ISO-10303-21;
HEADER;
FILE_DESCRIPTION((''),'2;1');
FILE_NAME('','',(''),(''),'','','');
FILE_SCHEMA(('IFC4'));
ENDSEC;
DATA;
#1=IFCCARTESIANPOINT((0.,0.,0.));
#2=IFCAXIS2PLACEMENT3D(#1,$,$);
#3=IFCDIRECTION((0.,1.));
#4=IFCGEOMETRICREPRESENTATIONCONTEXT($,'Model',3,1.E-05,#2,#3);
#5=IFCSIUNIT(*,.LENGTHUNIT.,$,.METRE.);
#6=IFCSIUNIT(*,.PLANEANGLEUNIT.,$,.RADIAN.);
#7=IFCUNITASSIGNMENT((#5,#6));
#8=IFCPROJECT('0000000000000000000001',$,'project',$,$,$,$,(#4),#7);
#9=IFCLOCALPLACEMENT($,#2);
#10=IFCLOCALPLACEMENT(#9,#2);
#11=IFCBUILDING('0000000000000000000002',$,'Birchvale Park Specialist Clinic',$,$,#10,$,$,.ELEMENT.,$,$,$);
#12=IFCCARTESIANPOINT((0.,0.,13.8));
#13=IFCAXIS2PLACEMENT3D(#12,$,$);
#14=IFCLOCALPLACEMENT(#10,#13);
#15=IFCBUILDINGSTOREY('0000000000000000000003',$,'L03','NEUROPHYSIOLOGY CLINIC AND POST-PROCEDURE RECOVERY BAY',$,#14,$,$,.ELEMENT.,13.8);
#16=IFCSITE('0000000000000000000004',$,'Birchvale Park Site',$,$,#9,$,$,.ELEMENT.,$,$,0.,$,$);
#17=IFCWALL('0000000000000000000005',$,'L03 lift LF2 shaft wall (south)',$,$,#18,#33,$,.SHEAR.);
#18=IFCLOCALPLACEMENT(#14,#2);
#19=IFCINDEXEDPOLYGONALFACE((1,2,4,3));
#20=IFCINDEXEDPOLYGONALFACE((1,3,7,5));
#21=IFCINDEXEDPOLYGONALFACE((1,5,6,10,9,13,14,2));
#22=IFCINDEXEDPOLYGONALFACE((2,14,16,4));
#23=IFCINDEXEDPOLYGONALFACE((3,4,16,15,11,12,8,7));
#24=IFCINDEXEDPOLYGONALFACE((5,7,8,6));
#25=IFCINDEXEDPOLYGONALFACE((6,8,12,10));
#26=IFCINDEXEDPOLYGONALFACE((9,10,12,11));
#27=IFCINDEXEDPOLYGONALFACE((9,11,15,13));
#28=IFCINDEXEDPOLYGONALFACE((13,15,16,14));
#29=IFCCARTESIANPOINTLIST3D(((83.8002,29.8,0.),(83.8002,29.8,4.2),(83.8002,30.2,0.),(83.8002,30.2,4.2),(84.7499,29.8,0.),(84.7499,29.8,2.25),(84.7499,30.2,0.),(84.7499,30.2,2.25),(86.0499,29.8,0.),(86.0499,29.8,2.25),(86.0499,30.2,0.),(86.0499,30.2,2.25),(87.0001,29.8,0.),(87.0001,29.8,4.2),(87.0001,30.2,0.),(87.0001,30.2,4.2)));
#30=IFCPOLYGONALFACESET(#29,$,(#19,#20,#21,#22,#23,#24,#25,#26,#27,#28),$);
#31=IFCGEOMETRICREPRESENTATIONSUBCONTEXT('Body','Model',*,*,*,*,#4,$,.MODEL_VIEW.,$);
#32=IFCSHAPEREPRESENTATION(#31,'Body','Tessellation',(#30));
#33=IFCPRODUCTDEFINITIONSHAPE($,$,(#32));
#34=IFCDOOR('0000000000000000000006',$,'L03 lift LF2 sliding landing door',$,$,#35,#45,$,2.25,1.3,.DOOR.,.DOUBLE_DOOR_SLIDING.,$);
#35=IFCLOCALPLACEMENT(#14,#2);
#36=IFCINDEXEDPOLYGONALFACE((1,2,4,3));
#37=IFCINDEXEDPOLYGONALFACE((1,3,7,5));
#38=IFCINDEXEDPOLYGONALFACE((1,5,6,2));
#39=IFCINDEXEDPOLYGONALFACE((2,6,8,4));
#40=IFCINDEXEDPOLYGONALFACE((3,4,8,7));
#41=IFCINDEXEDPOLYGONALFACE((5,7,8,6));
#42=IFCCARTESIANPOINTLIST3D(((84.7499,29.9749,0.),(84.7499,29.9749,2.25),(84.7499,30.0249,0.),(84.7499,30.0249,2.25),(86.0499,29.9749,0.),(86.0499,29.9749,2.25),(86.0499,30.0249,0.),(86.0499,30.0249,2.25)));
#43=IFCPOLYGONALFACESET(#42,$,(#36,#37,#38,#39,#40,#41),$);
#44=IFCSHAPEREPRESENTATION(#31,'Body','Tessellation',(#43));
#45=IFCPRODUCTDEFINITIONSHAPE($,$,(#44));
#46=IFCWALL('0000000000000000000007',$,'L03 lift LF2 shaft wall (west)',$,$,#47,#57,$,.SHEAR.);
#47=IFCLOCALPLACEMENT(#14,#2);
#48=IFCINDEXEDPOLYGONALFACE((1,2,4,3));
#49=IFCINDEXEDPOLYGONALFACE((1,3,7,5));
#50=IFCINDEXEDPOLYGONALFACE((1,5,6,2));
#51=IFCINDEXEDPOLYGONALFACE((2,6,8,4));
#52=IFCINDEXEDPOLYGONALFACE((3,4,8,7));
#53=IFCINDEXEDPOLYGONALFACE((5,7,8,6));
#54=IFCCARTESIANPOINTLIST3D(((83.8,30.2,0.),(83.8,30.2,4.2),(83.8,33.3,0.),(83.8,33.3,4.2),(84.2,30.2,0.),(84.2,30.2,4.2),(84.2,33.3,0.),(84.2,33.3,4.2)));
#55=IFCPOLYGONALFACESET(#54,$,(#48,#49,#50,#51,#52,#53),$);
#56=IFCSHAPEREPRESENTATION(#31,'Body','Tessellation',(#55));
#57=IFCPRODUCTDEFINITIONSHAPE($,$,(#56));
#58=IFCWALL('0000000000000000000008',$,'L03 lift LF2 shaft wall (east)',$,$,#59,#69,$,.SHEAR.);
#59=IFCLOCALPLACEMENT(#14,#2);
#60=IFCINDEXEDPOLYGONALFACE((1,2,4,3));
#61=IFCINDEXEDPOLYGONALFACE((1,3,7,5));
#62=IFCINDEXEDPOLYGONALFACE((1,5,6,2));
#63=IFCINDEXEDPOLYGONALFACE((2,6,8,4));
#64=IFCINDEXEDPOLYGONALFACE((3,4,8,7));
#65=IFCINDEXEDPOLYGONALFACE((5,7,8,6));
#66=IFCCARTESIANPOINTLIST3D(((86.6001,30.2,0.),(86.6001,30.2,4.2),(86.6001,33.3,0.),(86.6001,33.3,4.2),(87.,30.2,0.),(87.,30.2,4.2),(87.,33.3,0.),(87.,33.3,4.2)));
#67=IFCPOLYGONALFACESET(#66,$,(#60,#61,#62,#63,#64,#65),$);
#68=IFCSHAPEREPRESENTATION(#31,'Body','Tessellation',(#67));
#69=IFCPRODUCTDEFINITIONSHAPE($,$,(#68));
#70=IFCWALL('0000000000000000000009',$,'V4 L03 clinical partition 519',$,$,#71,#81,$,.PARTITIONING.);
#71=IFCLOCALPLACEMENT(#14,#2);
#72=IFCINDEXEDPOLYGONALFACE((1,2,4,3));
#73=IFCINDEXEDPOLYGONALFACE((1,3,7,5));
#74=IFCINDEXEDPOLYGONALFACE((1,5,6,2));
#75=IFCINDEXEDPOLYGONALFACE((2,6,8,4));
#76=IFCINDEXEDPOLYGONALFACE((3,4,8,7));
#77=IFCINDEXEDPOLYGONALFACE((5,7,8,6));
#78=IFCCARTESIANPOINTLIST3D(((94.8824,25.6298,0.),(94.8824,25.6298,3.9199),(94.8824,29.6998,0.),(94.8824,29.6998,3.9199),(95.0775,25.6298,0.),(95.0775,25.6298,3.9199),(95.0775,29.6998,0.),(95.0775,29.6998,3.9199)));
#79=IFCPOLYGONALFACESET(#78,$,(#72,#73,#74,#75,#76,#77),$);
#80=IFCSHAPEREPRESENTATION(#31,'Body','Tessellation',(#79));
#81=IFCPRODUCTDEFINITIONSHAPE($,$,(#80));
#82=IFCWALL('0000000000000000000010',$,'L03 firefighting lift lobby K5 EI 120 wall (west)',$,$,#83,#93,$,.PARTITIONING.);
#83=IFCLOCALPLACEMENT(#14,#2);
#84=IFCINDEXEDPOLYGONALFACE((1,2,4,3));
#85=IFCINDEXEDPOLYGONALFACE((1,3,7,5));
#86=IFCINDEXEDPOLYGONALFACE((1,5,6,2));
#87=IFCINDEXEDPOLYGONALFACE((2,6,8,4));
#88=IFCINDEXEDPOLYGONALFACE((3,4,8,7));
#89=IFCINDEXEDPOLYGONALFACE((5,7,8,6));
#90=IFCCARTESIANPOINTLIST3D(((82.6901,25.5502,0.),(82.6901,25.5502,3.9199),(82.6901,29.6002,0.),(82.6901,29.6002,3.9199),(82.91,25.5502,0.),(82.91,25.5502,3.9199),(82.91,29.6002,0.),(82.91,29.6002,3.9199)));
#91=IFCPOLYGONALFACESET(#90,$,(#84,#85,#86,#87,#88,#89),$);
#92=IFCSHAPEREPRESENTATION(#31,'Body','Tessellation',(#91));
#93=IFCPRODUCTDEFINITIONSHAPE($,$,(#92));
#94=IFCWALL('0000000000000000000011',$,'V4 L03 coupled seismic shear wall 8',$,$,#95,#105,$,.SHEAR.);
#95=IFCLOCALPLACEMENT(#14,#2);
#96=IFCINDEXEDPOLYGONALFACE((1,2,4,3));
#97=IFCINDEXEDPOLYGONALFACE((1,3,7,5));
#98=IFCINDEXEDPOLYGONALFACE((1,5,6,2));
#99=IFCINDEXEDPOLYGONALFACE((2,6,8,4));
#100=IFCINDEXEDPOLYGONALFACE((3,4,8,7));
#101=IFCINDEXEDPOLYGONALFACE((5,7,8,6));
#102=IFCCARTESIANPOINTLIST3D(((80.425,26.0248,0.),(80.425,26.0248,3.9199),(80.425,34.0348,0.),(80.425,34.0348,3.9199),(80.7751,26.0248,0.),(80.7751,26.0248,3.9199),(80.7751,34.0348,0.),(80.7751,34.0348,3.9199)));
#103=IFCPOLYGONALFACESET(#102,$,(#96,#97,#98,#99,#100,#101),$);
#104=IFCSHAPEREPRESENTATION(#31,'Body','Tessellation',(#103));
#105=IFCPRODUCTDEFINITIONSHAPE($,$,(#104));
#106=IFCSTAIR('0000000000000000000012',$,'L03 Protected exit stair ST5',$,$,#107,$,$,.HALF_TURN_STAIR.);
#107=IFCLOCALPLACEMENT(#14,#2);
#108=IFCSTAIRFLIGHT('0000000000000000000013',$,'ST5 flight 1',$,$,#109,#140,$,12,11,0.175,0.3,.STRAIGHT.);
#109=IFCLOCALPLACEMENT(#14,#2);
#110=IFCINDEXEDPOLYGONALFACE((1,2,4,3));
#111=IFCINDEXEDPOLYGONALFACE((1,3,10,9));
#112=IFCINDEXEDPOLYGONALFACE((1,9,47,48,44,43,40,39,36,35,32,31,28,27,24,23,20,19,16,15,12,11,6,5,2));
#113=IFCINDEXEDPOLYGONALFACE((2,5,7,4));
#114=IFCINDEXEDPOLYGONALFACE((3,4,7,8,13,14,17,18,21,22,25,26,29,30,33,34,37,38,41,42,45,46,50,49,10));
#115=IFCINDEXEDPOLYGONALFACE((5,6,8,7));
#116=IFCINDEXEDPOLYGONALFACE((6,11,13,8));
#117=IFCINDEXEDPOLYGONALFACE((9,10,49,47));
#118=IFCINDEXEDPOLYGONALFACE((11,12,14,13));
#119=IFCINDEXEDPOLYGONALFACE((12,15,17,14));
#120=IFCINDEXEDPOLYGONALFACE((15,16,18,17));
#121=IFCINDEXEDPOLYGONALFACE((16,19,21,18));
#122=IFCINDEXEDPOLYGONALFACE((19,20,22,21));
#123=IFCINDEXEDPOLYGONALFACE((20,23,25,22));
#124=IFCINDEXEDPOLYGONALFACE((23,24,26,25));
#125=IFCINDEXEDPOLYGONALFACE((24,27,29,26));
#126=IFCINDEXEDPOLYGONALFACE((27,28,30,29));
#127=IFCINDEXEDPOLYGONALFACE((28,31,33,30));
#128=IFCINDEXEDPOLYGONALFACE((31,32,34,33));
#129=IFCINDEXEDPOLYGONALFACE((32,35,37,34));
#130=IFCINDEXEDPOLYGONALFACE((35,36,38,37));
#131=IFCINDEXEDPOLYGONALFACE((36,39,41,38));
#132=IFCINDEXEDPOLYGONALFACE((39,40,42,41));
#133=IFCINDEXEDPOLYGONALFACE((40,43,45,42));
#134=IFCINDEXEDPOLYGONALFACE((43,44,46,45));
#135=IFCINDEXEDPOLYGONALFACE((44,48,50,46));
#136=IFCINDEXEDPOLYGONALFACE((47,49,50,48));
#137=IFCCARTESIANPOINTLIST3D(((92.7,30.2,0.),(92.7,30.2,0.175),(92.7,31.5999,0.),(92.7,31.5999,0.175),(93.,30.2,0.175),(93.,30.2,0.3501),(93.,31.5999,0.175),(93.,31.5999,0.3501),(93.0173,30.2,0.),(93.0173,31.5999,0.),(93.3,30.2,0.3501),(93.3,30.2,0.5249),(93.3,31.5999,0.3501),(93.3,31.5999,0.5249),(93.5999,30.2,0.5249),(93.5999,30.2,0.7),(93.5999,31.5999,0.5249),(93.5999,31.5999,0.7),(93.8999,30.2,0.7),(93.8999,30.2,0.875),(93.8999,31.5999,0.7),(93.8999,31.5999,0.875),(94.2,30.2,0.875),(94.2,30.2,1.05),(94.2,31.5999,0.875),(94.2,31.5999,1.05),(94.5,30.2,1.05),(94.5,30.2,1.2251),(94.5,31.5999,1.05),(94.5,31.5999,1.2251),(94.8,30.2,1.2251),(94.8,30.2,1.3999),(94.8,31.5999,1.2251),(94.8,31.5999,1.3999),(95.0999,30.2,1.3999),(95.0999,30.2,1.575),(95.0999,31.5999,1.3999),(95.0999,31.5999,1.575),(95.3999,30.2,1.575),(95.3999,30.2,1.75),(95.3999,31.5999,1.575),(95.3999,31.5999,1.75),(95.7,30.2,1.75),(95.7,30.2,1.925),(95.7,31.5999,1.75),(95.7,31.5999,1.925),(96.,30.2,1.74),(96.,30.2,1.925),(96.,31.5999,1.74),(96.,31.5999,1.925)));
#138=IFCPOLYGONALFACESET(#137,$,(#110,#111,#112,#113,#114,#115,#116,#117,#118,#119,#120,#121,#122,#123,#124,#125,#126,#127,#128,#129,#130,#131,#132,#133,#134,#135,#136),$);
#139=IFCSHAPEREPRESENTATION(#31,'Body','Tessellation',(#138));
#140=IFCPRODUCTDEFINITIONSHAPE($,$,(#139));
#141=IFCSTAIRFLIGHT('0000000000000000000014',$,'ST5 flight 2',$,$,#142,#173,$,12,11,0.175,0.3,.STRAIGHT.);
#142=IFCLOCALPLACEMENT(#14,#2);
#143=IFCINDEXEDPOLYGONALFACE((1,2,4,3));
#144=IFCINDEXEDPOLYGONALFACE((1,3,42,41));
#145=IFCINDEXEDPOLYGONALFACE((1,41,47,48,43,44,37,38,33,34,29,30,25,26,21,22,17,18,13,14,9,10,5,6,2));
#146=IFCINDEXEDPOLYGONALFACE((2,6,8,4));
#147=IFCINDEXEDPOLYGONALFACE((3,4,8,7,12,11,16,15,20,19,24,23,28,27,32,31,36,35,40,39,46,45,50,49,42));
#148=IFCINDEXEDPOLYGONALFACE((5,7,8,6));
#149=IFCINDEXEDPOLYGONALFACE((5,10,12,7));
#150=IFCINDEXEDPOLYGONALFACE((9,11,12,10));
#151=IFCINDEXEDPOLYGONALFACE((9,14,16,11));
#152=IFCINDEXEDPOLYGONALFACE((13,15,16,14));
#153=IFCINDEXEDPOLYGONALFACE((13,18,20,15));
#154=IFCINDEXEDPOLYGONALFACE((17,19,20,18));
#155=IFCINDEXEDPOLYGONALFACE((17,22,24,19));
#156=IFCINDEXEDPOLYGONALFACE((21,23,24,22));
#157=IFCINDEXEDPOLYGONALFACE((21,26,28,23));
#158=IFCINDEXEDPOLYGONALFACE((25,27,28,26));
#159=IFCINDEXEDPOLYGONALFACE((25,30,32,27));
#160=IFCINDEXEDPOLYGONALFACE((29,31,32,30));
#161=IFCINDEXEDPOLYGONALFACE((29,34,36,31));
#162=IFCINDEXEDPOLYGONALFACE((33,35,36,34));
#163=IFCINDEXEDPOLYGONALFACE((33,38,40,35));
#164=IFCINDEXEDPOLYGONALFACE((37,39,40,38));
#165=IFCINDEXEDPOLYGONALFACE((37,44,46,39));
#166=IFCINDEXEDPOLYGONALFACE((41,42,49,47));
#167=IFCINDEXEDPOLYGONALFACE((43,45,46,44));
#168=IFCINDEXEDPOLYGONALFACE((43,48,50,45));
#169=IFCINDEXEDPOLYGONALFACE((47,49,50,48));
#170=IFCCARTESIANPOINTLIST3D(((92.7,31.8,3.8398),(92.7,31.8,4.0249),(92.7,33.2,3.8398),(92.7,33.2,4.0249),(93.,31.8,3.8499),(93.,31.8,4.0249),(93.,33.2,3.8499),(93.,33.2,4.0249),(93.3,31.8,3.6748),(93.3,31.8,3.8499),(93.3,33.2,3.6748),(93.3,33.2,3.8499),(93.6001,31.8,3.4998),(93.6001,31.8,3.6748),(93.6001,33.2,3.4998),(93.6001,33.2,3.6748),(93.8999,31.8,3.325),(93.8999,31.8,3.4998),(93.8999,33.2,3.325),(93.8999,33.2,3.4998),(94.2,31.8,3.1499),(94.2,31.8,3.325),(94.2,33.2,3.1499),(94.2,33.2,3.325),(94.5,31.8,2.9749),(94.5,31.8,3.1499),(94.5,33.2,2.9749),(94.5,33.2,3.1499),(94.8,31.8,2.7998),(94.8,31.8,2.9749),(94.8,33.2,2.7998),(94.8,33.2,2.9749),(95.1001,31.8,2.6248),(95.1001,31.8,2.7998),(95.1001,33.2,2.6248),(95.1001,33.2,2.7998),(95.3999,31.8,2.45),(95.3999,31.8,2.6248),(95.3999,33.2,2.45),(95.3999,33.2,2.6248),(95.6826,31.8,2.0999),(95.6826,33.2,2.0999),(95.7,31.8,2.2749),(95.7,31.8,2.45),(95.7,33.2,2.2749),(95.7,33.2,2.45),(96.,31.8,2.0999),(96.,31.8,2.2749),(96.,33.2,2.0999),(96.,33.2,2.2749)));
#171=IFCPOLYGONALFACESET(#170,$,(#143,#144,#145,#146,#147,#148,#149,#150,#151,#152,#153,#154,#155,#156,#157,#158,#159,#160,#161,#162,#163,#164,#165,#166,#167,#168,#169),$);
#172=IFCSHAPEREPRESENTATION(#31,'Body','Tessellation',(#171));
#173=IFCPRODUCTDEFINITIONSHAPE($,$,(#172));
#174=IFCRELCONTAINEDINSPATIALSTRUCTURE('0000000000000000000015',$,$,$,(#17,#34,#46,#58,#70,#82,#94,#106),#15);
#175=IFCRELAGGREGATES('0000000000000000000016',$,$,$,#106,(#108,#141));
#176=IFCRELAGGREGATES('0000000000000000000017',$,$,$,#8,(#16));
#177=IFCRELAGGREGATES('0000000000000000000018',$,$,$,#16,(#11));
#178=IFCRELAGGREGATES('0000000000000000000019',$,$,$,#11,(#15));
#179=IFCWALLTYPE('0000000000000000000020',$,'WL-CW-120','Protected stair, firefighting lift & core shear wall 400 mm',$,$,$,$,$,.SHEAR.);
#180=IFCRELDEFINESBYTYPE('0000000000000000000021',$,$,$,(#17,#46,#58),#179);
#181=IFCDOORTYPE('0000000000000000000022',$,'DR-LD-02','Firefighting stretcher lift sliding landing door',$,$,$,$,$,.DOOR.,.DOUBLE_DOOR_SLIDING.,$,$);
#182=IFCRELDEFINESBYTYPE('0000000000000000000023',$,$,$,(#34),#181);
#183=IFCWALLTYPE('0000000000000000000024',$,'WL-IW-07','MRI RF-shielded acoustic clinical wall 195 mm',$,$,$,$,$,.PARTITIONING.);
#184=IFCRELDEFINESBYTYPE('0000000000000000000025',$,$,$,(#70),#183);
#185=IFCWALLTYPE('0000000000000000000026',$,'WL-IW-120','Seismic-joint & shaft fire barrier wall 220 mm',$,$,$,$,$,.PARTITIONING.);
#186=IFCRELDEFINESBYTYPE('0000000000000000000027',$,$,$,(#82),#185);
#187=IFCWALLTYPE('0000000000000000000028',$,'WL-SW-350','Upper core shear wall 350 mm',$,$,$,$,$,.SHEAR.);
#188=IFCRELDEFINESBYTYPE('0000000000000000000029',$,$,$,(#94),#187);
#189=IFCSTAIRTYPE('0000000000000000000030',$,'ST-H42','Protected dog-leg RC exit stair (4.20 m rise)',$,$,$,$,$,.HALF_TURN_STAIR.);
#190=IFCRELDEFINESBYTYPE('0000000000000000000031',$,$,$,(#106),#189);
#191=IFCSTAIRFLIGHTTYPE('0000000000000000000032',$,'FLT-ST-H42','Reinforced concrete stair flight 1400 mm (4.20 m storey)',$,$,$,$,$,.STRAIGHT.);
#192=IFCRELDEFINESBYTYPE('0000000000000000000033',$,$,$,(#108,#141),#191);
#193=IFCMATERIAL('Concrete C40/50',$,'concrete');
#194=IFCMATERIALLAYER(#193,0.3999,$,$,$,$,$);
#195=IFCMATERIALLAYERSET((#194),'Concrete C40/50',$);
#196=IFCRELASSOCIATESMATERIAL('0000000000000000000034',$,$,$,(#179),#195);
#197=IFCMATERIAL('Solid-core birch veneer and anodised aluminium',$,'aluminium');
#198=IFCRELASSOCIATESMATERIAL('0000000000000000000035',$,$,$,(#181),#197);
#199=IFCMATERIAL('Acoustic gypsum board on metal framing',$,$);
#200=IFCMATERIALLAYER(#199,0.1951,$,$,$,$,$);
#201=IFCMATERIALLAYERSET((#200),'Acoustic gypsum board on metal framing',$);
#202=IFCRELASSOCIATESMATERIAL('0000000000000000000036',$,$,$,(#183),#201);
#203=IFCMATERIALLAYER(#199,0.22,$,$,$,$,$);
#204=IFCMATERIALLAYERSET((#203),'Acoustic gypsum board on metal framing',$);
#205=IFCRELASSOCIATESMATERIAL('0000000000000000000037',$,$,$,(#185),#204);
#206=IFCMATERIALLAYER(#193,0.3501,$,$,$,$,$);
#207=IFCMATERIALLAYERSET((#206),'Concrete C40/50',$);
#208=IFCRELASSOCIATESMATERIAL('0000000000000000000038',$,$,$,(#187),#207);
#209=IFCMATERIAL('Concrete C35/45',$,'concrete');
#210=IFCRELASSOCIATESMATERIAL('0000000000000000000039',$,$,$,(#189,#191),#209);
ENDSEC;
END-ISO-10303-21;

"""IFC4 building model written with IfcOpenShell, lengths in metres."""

from ifc_helpers import new_model, si_unit, direction, frame, frame_2d, origin, place, context, subcontext, project, spatial, polyline, rectangle, outline, extrude, material, layer, layer_set, type_object, element, fill, aggregate, save


model = new_model("IFC4")

# Units and contexts
model_context = context("Model", 3, precision=1e-05, world=origin(), true_north=direction((0.0, 1.0)))
body_context = subcontext(model_context, "Body", "Model", "MODEL_VIEW")
ifc_project = project(units=[si_unit("LENGTHUNIT", "METRE"), si_unit("PLANEANGLEUNIT", "RADIAN")], contexts=[model_context])

# Site, building, storey
site_placement = place(None, origin())
site = spatial("IfcSite", under=ifc_project, at=site_placement, Name="Birchvale Park Site", CompositionType="ELEMENT", RefElevation=0.0)
building_placement = place(site_placement, origin())
building = spatial("IfcBuilding", under=site, at=building_placement, Name="Birchvale Park Specialist Clinic", CompositionType="ELEMENT")
storey_placement = place(building_placement, frame((0.0, 0.0, 13.8)))
storey = spatial("IfcBuildingStorey", under=building, at=storey_placement, Name="L03", Description="NEUROPHYSIOLOGY CLINIC AND POST-PROCEDURE RECOVERY BAY", CompositionType="ELEMENT", Elevation=13.8)

# Shared definitions
ifc_material_1 = material(Name="Concrete C40/50", Category="concrete")

# Shared definitions
ifc_layer_1 = layer(ifc_material_1, 0.3999)
ifc_layer_set_1 = layer_set([ifc_layer_1], Name="Concrete C40/50")
wall_type_1 = type_object("IfcWallType", Name="WL-CW-120", Description="Protected stair, firefighting lift & core shear wall 400 mm", PredefinedType="SHEAR", material=ifc_layer_set_1)
ifc_material_2 = material(Name="Solid-core birch veneer and anodised aluminium", Category="aluminium")

# Wall, opening, door
wall_1_placement = place(storey_placement, frame((83.8, 30.0, 0.0), z_axis=(0.0, 0.0, 1.0), x_axis=(1.0, 0.0, 0.0)))
wall_1 = element("IfcWall", 1, at=wall_1_placement, inside=storey, type_object=wall_type_1, Name="L03 lift LF2 shaft wall (south)", PredefinedType="SHEAR", context=body_context, shape_type="SweptSolid", body=[
    extrude(rectangle(XDim=3.2, YDim=0.3999, at=frame_2d((1.6001, 0.0))), origin(), (0.0, 0.0, 1.0), 4.2),
])
opening_1_placement = place(wall_1_placement, frame((0.95, 0.0, 0.0)))
opening_1 = element("IfcOpeningElement", 2, at=opening_1_placement, cuts=wall_1, PredefinedType="OPENING", context=body_context, shape_type="SweptSolid", body=[
    extrude(rectangle(XDim=1.3, YDim=2.25, at=frame_2d((0.6499, 1.125))), frame((0.0, 0.21, 0.0), z_axis=(0.0, -1.0, 0.0), x_axis=(1.0, 0.0, 0.0)), (0.0, 0.0, 1.0), 0.4199),
])
door_type_1 = type_object("IfcDoorType", Name="DR-LD-02", Description="Firefighting stretcher lift sliding landing door", OperationType="DOUBLE_DOOR_SLIDING", PredefinedType="DOOR", material=ifc_material_2)
door_1_placement = place(opening_1_placement, origin())
door_1 = element("IfcDoor", 3, at=door_1_placement, inside=storey, type_object=door_type_1, Name="L03 lift LF2 sliding landing door", OperationType="DOUBLE_DOOR_SLIDING", OverallHeight=2.25, OverallWidth=1.3, PredefinedType="DOOR", context=body_context, shape_type="SweptSolid", body=[
    extrude(rectangle(XDim=1.3, YDim=2.25, at=frame_2d((0.6499, 1.125))), frame((0.0, 0.0249, 0.0), z_axis=(0.0, -1.0, 0.0), x_axis=(1.0, 0.0, 0.0)), (0.0, 0.0, 1.0), 0.05),
])
fill(opening_1, door_1)

# Walls
for number, where, z_axis, x_axis, name in (
    (4, (84.0, 30.2, 0.0), (0.0, 0.0, 1.0), (0.0, 1.0, 0.0), "L03 lift LF2 shaft wall (west)"),
    (5, (86.8, 33.3, 0.0), (0.0, 0.0, 1.0), (0.0, -1.0, 0.0), "L03 lift LF2 shaft wall (east)"),
):
    element("IfcWall", number, at=place(storey_placement, frame(where, z_axis=z_axis, x_axis=x_axis)), inside=storey, type_object=wall_type_1, Name=name, PredefinedType="SHEAR", context=body_context, shape_type="SweptSolid", body=[
        extrude(rectangle(XDim=3.1001, YDim=0.3999, at=frame_2d((1.55, 0.0))), origin(), (0.0, 0.0, 1.0), 4.2),
    ])
ifc_material_3 = material(Name="Acoustic gypsum board on metal framing")
ifc_layer_2 = layer(ifc_material_3, 0.1951)
ifc_layer_set_2 = layer_set([ifc_layer_2], Name="Acoustic gypsum board on metal framing")
wall_type_2 = type_object("IfcWallType", Name="WL-IW-07", Description="MRI RF-shielded acoustic clinical wall 195 mm", PredefinedType="PARTITIONING", material=ifc_layer_set_2)
wall_2_placement = place(storey_placement, frame((94.98, 29.7, 0.0), z_axis=(0.0, 0.0, 1.0), x_axis=(0.0, -1.0, 0.0)))
element("IfcWall", 6, at=wall_2_placement, inside=storey, type_object=wall_type_2, Name="V4 L03 clinical partition 519", PredefinedType="PARTITIONING", context=body_context, shape_type="SweptSolid", body=[
    extrude(rectangle(XDim=4.0701, YDim=0.1951, at=frame_2d((2.0352, 0.0))), origin(), (0.0, 0.0, 1.0), 3.9199),
])
ifc_layer_3 = layer(ifc_material_3, 0.22)
ifc_layer_set_3 = layer_set([ifc_layer_3], Name="Acoustic gypsum board on metal framing")
wall_type_3 = type_object("IfcWallType", Name="WL-IW-120", Description="Seismic-joint & shaft fire barrier wall 220 mm", PredefinedType="PARTITIONING", material=ifc_layer_set_3)
wall_3_placement = place(storey_placement, frame((82.8, 29.6001, 0.0), z_axis=(0.0, 0.0, 1.0), x_axis=(0.0, -1.0, 0.0)))
element("IfcWall", 7, at=wall_3_placement, inside=storey, type_object=wall_type_3, Name="L03 firefighting lift lobby K5 EI 120 wall (west)", PredefinedType="PARTITIONING", context=body_context, shape_type="SweptSolid", body=[
    extrude(rectangle(XDim=4.05, YDim=0.22, at=frame_2d((2.0249, 0.0))), origin(), (0.0, 0.0, 1.0), 3.9199),
])
ifc_layer_4 = layer(ifc_material_1, 0.3501)
ifc_layer_set_4 = layer_set([ifc_layer_4], Name="Concrete C40/50")
wall_type_4 = type_object("IfcWallType", Name="WL-SW-350", Description="Upper core shear wall 350 mm", PredefinedType="SHEAR", material=ifc_layer_set_4)
wall_4_placement = place(storey_placement, frame((80.6001, 26.0249, 0.0), z_axis=(0.0, 0.0, 1.0), x_axis=(0.0, 1.0, 0.0)))
element("IfcWall", 8, at=wall_4_placement, inside=storey, type_object=wall_type_4, Name="V4 L03 coupled seismic shear wall 8", PredefinedType="SHEAR", context=body_context, shape_type="SweptSolid", body=[
    extrude(rectangle(XDim=8.01, YDim=0.3501, at=frame_2d((4.0049, 0.0))), origin(), (0.0, 0.0, 1.0), 3.9199),
])

# Stair, stair flights
ifc_material_4 = material(Name="Concrete C35/45", Category="concrete")
stair_type = type_object("IfcStairType", Name="ST-H42", Description="Protected dog-leg RC exit stair (4.20 m rise)", PredefinedType="HALF_TURN_STAIR", material=ifc_material_4)
stair_placement = place(storey_placement, origin())
stair = element("IfcStair", 9, at=stair_placement, inside=storey, type_object=stair_type, Name="L03 Protected exit stair ST5", PredefinedType="HALF_TURN_STAIR")
stair_flight_type = type_object("IfcStairFlightType", Name="FLT-ST-H42", Description="Reinforced concrete stair flight 1400 mm (4.20 m storey)", PredefinedType="STRAIGHT", material=ifc_material_4)
stair_flight_1_placement = place(storey_placement, frame((92.7, 30.8999, 0.0), z_axis=(0.0, 0.0, 1.0), x_axis=(1.0, 0.0, 0.0)))
stair_flight_1 = element("IfcStairFlight", 10, at=stair_flight_1_placement, type_object=stair_flight_type, Name="ST5 flight 1", NumberOfRisers=12, NumberOfTreads=11, PredefinedType="STRAIGHT", RiserHeight=0.175, TreadLength=0.3, context=body_context, shape_type="SweptSolid", body=[
    extrude(outline(polyline([(0.0, 0.0), (0.0, 0.175), (0.3, 0.175), (0.3, 0.3501), (0.6001, 0.3501), (0.6001, 0.5249), (0.8999, 0.5249), (0.8999, 0.7), (1.2, 0.7), (1.2, 0.875), (1.5, 0.875), (1.5, 1.05), (1.8, 1.05), (1.8, 1.2251), (2.1001, 1.2251), (2.1001, 1.3999), (2.3999, 1.3999), (2.3999, 1.575), (2.7, 1.575), (2.7, 1.75), (3.0, 1.75), (3.0, 1.925), (3.3, 1.925), (3.3, 2.1001), (3.3, 1.74), (0.3174, 0.0), (0.0, 0.0)])), frame((0.0, 0.7, 0.0), z_axis=(0.0, -1.0, 0.0), x_axis=(1.0, 0.0, 0.0)), (0.0, 0.0, 1.0), 1.3999),
])
stair_flight_2_placement = place(storey_placement, frame((96.0, 32.5, 2.0999), z_axis=(0.0, 0.0, 1.0), x_axis=(-1.0, 0.0, 0.0)))
stair_flight_2 = element("IfcStairFlight", 11, at=stair_flight_2_placement, type_object=stair_flight_type, Name="ST5 flight 2", NumberOfRisers=12, NumberOfTreads=11, PredefinedType="STRAIGHT", RiserHeight=0.175, TreadLength=0.3, context=body_context, shape_type="SweptSolid", body=[
    extrude(outline(polyline([(0.0, 0.0), (0.0, 0.175), (0.3, 0.175), (0.3, 0.3501), (0.6001, 0.3501), (0.6001, 0.5249), (0.8999, 0.5249), (0.8999, 0.7), (1.2, 0.7), (1.2, 0.875), (1.5, 0.875), (1.5, 1.05), (1.8, 1.05), (1.8, 1.2251), (2.1001, 1.2251), (2.1001, 1.3999), (2.3999, 1.3999), (2.3999, 1.575), (2.7, 1.575), (2.7, 1.75), (3.0, 1.75), (3.0, 1.925), (3.3, 1.925), (3.3, 2.1001), (3.3, 1.74), (0.3174, 0.0), (0.0, 0.0)])), frame((0.0, 0.7, 0.0), z_axis=(0.0, -1.0, 0.0), x_axis=(1.0, 0.0, 0.0)), (0.0, 0.0, 1.0), 1.3999),
])
aggregate(stair, [stair_flight_1, stair_flight_2])

save(model, "model.ifc")
